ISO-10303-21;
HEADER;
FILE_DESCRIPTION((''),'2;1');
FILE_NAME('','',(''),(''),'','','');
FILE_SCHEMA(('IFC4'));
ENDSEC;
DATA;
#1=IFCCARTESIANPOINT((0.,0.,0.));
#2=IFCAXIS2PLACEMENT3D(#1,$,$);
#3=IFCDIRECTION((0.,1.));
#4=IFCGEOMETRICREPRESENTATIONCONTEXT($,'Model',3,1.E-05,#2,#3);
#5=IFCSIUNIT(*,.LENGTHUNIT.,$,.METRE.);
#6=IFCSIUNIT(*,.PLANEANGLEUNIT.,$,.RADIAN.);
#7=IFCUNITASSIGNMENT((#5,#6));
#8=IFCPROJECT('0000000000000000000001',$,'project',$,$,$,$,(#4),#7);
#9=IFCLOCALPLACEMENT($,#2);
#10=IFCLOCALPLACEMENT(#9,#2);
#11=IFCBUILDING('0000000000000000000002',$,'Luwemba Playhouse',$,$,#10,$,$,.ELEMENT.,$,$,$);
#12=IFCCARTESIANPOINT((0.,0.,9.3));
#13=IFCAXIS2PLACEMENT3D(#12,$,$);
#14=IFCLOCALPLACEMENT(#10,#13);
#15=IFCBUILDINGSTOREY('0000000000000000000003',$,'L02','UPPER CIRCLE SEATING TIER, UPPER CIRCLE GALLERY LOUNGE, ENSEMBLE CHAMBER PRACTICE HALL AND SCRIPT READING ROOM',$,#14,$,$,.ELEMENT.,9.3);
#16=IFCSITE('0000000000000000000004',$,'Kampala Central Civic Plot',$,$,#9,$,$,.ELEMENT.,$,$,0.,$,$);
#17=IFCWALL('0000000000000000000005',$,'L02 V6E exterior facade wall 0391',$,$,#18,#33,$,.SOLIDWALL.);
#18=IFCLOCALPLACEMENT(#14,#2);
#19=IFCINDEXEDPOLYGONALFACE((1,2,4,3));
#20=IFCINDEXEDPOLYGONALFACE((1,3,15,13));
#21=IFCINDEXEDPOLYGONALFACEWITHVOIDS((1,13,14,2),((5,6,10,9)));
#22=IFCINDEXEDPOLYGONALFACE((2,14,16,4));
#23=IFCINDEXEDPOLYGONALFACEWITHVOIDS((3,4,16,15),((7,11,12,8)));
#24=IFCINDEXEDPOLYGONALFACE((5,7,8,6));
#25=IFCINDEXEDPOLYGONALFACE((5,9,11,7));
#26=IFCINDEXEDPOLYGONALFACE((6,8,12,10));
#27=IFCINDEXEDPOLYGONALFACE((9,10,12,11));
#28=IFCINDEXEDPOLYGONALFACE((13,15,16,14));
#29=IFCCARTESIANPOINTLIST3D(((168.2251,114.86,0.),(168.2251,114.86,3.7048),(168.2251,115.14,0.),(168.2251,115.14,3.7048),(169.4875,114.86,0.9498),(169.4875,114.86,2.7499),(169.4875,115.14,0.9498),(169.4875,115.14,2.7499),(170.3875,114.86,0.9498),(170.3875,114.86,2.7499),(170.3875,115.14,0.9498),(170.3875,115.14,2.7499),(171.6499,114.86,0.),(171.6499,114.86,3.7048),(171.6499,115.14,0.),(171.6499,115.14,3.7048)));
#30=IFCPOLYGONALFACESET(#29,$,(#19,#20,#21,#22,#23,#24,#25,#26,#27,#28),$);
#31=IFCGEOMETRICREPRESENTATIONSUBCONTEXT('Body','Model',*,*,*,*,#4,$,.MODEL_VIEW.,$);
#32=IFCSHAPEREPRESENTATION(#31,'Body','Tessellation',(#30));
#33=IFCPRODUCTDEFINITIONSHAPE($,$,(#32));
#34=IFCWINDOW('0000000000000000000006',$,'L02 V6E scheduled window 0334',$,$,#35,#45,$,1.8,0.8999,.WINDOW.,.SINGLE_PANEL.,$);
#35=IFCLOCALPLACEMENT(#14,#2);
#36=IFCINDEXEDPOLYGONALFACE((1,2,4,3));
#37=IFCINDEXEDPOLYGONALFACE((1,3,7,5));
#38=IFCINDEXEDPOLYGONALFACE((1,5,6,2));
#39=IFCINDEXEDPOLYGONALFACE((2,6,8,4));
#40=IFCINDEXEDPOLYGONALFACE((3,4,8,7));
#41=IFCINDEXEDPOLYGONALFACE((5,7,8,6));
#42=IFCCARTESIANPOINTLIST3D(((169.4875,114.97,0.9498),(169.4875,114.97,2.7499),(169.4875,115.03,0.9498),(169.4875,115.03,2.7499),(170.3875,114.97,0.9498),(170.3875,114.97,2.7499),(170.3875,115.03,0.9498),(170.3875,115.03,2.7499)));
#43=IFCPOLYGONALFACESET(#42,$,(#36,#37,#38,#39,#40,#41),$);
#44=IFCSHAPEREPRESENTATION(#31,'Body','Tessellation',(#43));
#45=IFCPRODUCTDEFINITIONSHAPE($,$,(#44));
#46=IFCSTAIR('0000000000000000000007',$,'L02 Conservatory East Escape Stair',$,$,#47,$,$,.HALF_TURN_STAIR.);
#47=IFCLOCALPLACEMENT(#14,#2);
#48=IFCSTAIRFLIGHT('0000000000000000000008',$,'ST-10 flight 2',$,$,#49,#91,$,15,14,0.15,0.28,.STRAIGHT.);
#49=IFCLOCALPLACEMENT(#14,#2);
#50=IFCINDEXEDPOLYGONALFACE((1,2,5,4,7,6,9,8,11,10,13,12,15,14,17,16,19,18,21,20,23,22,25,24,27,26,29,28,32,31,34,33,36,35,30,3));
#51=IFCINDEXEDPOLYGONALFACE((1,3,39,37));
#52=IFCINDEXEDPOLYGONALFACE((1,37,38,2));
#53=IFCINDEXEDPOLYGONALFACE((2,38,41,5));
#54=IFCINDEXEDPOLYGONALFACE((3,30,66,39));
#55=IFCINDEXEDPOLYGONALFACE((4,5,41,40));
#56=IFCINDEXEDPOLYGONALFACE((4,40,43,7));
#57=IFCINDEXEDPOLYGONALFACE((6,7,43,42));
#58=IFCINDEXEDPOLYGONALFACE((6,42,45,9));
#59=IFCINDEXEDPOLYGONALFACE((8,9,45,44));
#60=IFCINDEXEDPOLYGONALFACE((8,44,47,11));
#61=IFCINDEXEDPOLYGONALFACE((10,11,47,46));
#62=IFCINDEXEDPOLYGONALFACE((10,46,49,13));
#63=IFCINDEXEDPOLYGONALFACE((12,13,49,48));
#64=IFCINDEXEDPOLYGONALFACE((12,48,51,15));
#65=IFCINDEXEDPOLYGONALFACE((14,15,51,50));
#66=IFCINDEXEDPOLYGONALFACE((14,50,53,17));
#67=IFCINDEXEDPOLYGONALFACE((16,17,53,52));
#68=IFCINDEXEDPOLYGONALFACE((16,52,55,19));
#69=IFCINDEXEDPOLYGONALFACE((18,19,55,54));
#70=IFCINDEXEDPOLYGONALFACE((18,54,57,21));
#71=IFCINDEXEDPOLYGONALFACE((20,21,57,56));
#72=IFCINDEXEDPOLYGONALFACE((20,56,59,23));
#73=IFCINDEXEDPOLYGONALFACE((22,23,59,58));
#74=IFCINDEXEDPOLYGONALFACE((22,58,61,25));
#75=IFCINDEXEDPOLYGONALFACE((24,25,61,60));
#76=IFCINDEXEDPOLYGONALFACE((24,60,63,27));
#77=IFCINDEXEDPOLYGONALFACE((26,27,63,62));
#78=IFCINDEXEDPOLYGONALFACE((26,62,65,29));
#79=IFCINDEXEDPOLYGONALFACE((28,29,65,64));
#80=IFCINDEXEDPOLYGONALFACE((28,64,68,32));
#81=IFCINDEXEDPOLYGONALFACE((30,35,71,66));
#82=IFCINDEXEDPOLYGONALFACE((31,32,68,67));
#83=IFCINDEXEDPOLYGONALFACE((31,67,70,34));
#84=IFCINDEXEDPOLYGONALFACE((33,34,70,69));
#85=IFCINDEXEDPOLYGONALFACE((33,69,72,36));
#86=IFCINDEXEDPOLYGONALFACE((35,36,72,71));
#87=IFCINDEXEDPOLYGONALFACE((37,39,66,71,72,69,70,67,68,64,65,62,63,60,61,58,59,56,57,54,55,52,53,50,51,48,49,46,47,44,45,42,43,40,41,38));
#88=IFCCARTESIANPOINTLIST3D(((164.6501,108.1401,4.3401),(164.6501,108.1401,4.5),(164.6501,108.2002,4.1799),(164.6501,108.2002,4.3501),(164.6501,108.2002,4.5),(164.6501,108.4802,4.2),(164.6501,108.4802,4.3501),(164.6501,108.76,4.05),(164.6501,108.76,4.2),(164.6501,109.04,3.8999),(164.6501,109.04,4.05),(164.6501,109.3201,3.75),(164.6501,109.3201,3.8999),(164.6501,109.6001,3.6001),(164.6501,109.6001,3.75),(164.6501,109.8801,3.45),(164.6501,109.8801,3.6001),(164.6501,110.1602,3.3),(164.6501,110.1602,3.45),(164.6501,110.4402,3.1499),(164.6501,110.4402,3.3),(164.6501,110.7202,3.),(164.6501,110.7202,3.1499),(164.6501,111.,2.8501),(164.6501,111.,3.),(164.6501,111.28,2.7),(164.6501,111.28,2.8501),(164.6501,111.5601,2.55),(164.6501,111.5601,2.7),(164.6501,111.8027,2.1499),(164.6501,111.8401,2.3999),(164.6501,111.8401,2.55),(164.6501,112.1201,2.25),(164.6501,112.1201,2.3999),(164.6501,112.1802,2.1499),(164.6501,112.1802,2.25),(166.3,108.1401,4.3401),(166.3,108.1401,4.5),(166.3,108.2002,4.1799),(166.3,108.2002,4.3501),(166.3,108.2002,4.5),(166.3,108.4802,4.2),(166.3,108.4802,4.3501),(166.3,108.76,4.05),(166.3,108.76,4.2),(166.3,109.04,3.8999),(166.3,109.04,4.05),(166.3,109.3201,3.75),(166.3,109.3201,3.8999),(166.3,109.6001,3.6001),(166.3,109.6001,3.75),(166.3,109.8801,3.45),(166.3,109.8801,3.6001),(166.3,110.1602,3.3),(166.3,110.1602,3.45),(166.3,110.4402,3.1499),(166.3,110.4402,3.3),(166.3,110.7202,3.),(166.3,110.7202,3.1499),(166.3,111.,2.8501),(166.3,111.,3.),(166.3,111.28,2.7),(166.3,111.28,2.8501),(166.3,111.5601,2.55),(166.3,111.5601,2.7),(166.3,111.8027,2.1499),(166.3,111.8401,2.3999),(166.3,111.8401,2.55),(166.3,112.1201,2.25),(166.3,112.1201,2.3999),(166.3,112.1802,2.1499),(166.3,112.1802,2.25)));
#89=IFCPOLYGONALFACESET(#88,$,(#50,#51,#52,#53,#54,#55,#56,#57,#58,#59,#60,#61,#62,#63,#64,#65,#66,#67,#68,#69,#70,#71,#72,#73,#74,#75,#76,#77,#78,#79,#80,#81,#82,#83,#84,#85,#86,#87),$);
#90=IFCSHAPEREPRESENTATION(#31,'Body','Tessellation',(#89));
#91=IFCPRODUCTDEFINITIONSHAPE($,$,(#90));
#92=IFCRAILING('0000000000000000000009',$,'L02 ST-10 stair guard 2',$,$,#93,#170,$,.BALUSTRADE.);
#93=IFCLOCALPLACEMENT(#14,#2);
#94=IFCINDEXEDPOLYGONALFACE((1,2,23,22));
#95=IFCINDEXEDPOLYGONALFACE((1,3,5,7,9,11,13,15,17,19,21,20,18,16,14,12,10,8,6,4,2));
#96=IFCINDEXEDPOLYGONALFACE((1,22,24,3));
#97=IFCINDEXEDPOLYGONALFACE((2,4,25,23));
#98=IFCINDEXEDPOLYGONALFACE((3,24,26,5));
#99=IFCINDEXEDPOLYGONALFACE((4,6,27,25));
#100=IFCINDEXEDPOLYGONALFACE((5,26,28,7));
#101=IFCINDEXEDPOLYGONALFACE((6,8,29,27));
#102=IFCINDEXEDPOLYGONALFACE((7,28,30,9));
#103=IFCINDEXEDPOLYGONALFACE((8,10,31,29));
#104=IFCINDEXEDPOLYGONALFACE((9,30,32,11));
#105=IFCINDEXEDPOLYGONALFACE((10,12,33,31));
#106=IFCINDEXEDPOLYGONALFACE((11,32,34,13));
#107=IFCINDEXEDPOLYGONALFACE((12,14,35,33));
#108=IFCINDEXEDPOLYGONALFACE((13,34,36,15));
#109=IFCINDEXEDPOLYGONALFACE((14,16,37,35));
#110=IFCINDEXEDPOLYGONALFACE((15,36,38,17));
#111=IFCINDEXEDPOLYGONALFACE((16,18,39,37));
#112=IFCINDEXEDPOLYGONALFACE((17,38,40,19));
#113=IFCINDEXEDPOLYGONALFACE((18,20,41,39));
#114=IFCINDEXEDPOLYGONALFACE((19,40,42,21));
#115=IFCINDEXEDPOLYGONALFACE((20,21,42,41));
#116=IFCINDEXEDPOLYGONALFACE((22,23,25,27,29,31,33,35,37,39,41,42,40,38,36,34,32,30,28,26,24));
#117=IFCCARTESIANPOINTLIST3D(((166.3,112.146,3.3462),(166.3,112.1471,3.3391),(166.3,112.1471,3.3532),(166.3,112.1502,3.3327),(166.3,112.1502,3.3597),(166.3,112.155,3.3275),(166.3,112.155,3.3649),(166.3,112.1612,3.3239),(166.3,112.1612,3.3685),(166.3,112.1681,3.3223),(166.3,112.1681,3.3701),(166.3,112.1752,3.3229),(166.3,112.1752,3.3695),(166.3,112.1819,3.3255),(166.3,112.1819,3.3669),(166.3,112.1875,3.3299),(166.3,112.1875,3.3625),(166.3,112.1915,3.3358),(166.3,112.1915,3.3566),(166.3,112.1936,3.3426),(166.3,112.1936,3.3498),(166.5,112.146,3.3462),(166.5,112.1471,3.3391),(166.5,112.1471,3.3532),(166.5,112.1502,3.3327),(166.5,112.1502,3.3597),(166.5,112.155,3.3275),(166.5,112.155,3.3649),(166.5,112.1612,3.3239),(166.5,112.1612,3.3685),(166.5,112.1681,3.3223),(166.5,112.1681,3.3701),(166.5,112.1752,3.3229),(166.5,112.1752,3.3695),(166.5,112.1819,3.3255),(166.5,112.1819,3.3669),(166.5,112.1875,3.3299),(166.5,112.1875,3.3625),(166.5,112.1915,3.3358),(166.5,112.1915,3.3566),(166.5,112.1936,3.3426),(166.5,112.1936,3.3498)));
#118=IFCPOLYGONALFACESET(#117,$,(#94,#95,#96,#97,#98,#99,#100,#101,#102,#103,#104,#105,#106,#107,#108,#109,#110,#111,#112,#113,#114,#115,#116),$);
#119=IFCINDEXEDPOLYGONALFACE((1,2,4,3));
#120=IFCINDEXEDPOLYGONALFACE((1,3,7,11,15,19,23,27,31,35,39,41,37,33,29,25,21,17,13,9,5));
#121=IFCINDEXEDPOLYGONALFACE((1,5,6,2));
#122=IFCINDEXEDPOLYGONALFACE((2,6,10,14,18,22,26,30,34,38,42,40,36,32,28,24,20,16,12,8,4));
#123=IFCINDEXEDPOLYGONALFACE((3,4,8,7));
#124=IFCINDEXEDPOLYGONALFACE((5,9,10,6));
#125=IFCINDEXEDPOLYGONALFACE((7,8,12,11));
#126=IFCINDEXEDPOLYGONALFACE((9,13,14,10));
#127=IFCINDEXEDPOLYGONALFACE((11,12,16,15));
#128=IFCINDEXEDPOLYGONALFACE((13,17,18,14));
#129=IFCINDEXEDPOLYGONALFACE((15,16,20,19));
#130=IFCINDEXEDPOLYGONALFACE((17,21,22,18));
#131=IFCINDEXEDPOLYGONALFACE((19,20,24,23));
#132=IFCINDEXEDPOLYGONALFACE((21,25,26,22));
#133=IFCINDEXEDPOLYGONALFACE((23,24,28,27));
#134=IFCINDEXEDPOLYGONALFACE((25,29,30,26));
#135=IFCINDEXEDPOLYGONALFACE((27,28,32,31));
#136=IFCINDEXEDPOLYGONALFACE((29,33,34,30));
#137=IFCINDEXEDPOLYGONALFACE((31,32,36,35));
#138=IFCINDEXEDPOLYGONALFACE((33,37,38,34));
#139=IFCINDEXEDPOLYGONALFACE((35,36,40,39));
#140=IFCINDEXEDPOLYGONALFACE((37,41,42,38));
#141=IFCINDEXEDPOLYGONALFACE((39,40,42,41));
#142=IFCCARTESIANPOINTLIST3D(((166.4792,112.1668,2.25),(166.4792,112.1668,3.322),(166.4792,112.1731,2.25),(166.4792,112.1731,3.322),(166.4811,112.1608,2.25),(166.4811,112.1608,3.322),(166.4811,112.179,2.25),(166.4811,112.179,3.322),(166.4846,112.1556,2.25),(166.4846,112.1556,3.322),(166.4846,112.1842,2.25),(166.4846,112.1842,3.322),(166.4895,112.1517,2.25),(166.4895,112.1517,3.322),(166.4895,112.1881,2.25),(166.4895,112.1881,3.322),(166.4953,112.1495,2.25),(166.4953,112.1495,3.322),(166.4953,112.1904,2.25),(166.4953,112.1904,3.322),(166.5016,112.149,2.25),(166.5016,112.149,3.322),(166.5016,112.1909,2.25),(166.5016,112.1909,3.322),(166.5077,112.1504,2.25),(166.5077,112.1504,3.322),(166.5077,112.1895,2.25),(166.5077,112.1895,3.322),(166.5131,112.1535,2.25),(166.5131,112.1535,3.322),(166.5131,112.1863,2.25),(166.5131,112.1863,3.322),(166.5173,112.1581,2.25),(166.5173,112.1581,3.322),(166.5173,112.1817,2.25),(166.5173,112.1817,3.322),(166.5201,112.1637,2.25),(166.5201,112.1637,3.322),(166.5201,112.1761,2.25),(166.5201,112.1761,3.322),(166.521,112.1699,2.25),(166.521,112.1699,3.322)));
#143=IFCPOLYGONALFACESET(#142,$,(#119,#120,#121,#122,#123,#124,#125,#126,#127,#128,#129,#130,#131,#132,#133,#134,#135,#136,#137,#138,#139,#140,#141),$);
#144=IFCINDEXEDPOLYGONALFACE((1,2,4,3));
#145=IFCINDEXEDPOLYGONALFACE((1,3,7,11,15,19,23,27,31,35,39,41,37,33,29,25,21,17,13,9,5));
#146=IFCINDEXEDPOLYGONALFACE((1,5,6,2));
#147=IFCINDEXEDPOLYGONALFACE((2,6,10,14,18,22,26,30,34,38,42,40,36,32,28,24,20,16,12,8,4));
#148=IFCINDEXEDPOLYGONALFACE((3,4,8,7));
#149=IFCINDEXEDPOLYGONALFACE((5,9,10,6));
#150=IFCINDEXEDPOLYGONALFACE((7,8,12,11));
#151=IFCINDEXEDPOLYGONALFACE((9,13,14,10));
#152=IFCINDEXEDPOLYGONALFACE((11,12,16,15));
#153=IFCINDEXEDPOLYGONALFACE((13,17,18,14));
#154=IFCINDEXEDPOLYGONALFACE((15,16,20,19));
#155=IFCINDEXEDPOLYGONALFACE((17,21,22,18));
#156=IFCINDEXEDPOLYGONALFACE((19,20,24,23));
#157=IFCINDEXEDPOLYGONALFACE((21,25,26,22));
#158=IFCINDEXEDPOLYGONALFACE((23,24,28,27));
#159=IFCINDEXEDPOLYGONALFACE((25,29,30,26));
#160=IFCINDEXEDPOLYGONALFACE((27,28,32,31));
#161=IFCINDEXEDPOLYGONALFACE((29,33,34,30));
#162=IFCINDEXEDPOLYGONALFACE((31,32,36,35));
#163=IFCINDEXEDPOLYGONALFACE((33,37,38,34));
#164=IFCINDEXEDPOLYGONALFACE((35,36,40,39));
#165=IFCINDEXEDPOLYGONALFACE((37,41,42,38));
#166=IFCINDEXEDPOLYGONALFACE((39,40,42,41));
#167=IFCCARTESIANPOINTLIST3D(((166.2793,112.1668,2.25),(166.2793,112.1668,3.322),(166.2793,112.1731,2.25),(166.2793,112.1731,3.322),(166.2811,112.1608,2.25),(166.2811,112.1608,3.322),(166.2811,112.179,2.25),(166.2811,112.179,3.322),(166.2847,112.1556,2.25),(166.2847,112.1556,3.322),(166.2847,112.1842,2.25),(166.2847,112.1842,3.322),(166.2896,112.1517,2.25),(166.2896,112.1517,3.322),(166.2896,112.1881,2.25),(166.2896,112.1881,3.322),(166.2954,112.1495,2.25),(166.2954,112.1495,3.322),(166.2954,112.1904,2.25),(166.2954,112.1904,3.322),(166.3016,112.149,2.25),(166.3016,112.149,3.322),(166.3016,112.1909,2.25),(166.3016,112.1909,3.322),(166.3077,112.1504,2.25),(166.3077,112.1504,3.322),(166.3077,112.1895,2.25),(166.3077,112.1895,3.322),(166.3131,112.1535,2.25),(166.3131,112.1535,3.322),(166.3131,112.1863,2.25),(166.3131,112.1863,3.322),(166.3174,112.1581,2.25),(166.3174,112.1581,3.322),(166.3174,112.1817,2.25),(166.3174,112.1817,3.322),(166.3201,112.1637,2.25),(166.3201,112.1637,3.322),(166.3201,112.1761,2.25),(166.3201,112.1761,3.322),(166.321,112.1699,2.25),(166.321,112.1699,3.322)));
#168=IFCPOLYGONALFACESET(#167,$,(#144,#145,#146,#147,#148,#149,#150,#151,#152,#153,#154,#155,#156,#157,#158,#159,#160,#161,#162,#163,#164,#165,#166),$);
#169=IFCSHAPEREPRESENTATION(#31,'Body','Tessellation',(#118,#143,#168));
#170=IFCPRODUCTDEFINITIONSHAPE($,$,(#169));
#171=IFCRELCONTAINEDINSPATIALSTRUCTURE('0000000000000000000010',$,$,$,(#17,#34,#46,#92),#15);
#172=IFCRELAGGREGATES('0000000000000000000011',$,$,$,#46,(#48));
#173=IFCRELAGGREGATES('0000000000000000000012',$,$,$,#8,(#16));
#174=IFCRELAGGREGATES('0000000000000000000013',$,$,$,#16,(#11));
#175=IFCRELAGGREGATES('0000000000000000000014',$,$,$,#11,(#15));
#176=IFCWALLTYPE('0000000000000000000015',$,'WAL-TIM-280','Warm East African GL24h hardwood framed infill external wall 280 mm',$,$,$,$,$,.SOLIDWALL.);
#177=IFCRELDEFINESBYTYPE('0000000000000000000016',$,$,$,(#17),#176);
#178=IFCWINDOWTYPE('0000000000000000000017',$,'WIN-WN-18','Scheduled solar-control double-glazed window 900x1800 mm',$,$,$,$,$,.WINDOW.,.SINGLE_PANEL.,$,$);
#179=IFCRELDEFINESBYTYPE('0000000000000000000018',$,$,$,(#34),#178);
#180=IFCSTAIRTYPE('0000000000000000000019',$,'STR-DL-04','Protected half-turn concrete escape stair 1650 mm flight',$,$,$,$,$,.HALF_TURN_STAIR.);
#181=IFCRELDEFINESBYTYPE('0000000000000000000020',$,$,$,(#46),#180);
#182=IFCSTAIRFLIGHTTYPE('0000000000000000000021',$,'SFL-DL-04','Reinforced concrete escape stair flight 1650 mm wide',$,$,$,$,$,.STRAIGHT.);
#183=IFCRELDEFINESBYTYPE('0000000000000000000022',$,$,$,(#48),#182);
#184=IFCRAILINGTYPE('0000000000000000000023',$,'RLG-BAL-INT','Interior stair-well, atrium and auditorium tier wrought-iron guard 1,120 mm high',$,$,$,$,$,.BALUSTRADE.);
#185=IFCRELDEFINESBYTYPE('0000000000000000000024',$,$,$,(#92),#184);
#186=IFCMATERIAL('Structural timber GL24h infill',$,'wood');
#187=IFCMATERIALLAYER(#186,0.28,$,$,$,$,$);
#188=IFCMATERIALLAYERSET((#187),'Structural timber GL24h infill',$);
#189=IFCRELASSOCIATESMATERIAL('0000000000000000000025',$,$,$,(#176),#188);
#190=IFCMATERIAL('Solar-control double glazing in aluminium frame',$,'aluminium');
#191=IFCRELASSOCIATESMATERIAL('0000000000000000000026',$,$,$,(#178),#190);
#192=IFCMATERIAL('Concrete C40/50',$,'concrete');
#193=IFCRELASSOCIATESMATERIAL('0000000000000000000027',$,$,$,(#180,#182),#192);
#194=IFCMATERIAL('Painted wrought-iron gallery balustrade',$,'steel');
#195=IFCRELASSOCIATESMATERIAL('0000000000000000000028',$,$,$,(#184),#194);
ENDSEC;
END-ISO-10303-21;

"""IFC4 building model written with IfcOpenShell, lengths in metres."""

from ifc_helpers import new_model, si_unit, direction, frame, frame_2d, origin, origin_2d, place, context, subcontext, project, spatial, polyline, rectangle, circle, outline, extrude, material, layer, layer_set, type_object, element, fill, aggregate, save


model = new_model("IFC4")

# Units and contexts
model_context = context("Model", 3, precision=1e-05, world=origin(), true_north=direction((0.0, 1.0)))
body_context = subcontext(model_context, "Body", "Model", "MODEL_VIEW")
ifc_project = project(units=[si_unit("LENGTHUNIT", "METRE"), si_unit("PLANEANGLEUNIT", "RADIAN")], contexts=[model_context])

# Site, building, storey
site_placement = place(None, origin())
site = spatial("IfcSite", under=ifc_project, at=site_placement, Name="Kampala Central Civic Plot", CompositionType="ELEMENT", RefElevation=0.0)
building_placement = place(site_placement, origin())
building = spatial("IfcBuilding", under=site, at=building_placement, Name="Luwemba Playhouse", CompositionType="ELEMENT")
storey_placement = place(building_placement, frame((0.0, 0.0, 9.3)))
storey = spatial("IfcBuildingStorey", under=building, at=storey_placement, Name="L02", Description="UPPER CIRCLE SEATING TIER, UPPER CIRCLE GALLERY LOUNGE, ENSEMBLE CHAMBER PRACTICE HALL AND SCRIPT READING ROOM", CompositionType="ELEMENT", Elevation=9.3)

# Shared definitions
ifc_material_1 = material(Name="Concrete C40/50", Category="concrete")

# Shared definitions
ifc_material_2 = material(Name="Solar-control double glazing in aluminium frame", Category="aluminium")

# Wall, opening, window
ifc_material_3 = material(Name="Structural timber GL24h infill", Category="wood")
ifc_layer_1 = layer(ifc_material_3, 0.28)
ifc_layer_set_1 = layer_set([ifc_layer_1], Name="Structural timber GL24h infill")
wall_type_1 = type_object("IfcWallType", Name="WAL-TIM-280", Description="Warm East African GL24h hardwood framed infill external wall 280 mm", PredefinedType="SOLIDWALL", material=ifc_layer_set_1)
wall_1_placement = place(storey_placement, frame((168.2251, 115.0, 0.0), z_axis=(0.0, 0.0, 1.0), x_axis=(1.0, 0.0, 0.0)))
wall_1 = element("IfcWall", 1, at=wall_1_placement, inside=storey, type_object=wall_type_1, Name="L02 V6E exterior facade wall 0391", PredefinedType="SOLIDWALL", context=body_context, shape_type="SweptSolid", body=[
    extrude(rectangle(XDim=3.4248, YDim=0.28, at=frame_2d((1.7124, 0.0))), origin(), (0.0, 0.0, 1.0), 3.7048),
])
opening_1_placement = place(wall_1_placement, frame((1.2625, 0.0, 0.95)))
opening_1 = element("IfcOpeningElement", 2, at=opening_1_placement, cuts=wall_1, PredefinedType="OPENING", context=body_context, shape_type="SweptSolid", body=[
    extrude(rectangle(XDim=0.8999, YDim=1.8, at=frame_2d((0.45, 0.8999))), frame((0.0, 0.1499, 0.0), z_axis=(0.0, -1.0, 0.0), x_axis=(1.0, 0.0, 0.0)), (0.0, 0.0, 1.0), 0.3),
])
window_type_1 = type_object("IfcWindowType", Name="WIN-WN-18", Description="Scheduled solar-control double-glazed window 900x1800 mm", PartitioningType="SINGLE_PANEL", PredefinedType="WINDOW", material=ifc_material_2)
window_1_placement = place(opening_1_placement, origin())
window_1 = element("IfcWindow", 3, at=window_1_placement, inside=storey, type_object=window_type_1, Name="L02 V6E scheduled window 0334", OverallHeight=1.8, OverallWidth=0.8999, PartitioningType="SINGLE_PANEL", PredefinedType="WINDOW", context=body_context, shape_type="SweptSolid", body=[
    extrude(rectangle(XDim=0.8999, YDim=1.8, at=frame_2d((0.45, 0.8999))), frame((0.0, 0.03, 0.0), z_axis=(0.0, -1.0, 0.0), x_axis=(1.0, 0.0, 0.0)), (0.0, 0.0, 1.0), 0.0601),
])
fill(opening_1, window_1)

# Stair, stair flight
stair_type = type_object("IfcStairType", Name="STR-DL-04", Description="Protected half-turn concrete escape stair 1650 mm flight", PredefinedType="HALF_TURN_STAIR", material=ifc_material_1)
stair_placement = place(storey_placement, origin())
stair = element("IfcStair", 4, at=stair_placement, inside=storey, type_object=stair_type, Name="L02 Conservatory East Escape Stair", PredefinedType="HALF_TURN_STAIR")
stair_flight_type = type_object("IfcStairFlightType", Name="SFL-DL-04", Description="Reinforced concrete escape stair flight 1650 mm wide", PredefinedType="STRAIGHT", material=ifc_material_1)
stair_flight_placement = place(storey_placement, frame((165.4751, 112.1201, 2.25), z_axis=(0.0, 0.0, 1.0), x_axis=(0.0, -1.0, 0.0)))
stair_flight = element("IfcStairFlight", 5, at=stair_flight_placement, type_object=stair_flight_type, Name="ST-10 flight 2", NumberOfRisers=15, NumberOfTreads=14, PredefinedType="STRAIGHT", RiserHeight=0.15, TreadLength=0.28, context=body_context, shape_type="SweptSolid", body=[
    extrude(outline(polyline([(-0.0601, -0.1001), (-0.0601, 0.0), (0.0, 0.0), (0.0, 0.1499), (0.28, 0.1499), (0.28, 0.3), (0.5601, 0.3), (0.5601, 0.45), (0.8401, 0.45), (0.8401, 0.6001), (1.1201, 0.6001), (1.1201, 0.75), (1.3999, 0.75), (1.3999, 0.8999), (1.6799, 0.8999), (1.6799, 1.05), (1.96, 1.05), (1.96, 1.2), (2.24, 1.2), (2.24, 1.3501), (2.52, 1.3501), (2.52, 1.5), (2.8, 1.5), (2.8, 1.6499), (3.0801, 1.6499), (3.0801, 1.8), (3.3601, 1.8), (3.3601, 1.95), (3.6399, 1.95), (3.6399, 2.1001), (3.9199, 2.1001), (3.9199, 2.25), (3.98, 2.25), (3.98, 2.0901), (3.9199, 1.9299), (0.3174, -0.1001), (-0.0601, -0.1001)])), frame((0.0, 0.825, 0.0), z_axis=(0.0, -1.0, 0.0), x_axis=(1.0, 0.0, 0.0)), (0.0, 0.0, 1.0), 1.6499),
])
aggregate(stair, [stair_flight])

# Railing
ifc_material_4 = material(Name="Painted wrought-iron gallery balustrade", Category="steel")
railing_type_1 = type_object("IfcRailingType", Name="RLG-BAL-INT", Description="Interior stair-well, atrium and auditorium tier wrought-iron guard 1,120 mm high", PredefinedType="BALUSTRADE", material=ifc_material_4)
railing_1_placement = place(storey_placement, frame((166.5, 112.1699, 2.25)))
element("IfcRailing", 6, at=railing_1_placement, inside=storey, type_object=railing_type_1, Name="L02 ST-10 stair guard 2", PredefinedType="BALUSTRADE", context=body_context, shape_type="SweptSolid", body=[
    extrude(circle(Radius=0.0239, at=origin_2d()), frame((0.0, 0.0, 1.0962), z_axis=(-1.0, 0.0, 0.0), x_axis=(0.0, -1.0, 0.0)), (0.0, 0.0, 1.0), 0.2),
    extrude(circle(Radius=0.021, at=origin_2d()), origin(), (0.0, 0.0, 1.0), 1.072),
    extrude(circle(Radius=0.021, at=origin_2d()), frame((-0.2, 0.0, 0.0)), (0.0, 0.0, 1.0), 1.072),
])

save(model, "model.ifc")
